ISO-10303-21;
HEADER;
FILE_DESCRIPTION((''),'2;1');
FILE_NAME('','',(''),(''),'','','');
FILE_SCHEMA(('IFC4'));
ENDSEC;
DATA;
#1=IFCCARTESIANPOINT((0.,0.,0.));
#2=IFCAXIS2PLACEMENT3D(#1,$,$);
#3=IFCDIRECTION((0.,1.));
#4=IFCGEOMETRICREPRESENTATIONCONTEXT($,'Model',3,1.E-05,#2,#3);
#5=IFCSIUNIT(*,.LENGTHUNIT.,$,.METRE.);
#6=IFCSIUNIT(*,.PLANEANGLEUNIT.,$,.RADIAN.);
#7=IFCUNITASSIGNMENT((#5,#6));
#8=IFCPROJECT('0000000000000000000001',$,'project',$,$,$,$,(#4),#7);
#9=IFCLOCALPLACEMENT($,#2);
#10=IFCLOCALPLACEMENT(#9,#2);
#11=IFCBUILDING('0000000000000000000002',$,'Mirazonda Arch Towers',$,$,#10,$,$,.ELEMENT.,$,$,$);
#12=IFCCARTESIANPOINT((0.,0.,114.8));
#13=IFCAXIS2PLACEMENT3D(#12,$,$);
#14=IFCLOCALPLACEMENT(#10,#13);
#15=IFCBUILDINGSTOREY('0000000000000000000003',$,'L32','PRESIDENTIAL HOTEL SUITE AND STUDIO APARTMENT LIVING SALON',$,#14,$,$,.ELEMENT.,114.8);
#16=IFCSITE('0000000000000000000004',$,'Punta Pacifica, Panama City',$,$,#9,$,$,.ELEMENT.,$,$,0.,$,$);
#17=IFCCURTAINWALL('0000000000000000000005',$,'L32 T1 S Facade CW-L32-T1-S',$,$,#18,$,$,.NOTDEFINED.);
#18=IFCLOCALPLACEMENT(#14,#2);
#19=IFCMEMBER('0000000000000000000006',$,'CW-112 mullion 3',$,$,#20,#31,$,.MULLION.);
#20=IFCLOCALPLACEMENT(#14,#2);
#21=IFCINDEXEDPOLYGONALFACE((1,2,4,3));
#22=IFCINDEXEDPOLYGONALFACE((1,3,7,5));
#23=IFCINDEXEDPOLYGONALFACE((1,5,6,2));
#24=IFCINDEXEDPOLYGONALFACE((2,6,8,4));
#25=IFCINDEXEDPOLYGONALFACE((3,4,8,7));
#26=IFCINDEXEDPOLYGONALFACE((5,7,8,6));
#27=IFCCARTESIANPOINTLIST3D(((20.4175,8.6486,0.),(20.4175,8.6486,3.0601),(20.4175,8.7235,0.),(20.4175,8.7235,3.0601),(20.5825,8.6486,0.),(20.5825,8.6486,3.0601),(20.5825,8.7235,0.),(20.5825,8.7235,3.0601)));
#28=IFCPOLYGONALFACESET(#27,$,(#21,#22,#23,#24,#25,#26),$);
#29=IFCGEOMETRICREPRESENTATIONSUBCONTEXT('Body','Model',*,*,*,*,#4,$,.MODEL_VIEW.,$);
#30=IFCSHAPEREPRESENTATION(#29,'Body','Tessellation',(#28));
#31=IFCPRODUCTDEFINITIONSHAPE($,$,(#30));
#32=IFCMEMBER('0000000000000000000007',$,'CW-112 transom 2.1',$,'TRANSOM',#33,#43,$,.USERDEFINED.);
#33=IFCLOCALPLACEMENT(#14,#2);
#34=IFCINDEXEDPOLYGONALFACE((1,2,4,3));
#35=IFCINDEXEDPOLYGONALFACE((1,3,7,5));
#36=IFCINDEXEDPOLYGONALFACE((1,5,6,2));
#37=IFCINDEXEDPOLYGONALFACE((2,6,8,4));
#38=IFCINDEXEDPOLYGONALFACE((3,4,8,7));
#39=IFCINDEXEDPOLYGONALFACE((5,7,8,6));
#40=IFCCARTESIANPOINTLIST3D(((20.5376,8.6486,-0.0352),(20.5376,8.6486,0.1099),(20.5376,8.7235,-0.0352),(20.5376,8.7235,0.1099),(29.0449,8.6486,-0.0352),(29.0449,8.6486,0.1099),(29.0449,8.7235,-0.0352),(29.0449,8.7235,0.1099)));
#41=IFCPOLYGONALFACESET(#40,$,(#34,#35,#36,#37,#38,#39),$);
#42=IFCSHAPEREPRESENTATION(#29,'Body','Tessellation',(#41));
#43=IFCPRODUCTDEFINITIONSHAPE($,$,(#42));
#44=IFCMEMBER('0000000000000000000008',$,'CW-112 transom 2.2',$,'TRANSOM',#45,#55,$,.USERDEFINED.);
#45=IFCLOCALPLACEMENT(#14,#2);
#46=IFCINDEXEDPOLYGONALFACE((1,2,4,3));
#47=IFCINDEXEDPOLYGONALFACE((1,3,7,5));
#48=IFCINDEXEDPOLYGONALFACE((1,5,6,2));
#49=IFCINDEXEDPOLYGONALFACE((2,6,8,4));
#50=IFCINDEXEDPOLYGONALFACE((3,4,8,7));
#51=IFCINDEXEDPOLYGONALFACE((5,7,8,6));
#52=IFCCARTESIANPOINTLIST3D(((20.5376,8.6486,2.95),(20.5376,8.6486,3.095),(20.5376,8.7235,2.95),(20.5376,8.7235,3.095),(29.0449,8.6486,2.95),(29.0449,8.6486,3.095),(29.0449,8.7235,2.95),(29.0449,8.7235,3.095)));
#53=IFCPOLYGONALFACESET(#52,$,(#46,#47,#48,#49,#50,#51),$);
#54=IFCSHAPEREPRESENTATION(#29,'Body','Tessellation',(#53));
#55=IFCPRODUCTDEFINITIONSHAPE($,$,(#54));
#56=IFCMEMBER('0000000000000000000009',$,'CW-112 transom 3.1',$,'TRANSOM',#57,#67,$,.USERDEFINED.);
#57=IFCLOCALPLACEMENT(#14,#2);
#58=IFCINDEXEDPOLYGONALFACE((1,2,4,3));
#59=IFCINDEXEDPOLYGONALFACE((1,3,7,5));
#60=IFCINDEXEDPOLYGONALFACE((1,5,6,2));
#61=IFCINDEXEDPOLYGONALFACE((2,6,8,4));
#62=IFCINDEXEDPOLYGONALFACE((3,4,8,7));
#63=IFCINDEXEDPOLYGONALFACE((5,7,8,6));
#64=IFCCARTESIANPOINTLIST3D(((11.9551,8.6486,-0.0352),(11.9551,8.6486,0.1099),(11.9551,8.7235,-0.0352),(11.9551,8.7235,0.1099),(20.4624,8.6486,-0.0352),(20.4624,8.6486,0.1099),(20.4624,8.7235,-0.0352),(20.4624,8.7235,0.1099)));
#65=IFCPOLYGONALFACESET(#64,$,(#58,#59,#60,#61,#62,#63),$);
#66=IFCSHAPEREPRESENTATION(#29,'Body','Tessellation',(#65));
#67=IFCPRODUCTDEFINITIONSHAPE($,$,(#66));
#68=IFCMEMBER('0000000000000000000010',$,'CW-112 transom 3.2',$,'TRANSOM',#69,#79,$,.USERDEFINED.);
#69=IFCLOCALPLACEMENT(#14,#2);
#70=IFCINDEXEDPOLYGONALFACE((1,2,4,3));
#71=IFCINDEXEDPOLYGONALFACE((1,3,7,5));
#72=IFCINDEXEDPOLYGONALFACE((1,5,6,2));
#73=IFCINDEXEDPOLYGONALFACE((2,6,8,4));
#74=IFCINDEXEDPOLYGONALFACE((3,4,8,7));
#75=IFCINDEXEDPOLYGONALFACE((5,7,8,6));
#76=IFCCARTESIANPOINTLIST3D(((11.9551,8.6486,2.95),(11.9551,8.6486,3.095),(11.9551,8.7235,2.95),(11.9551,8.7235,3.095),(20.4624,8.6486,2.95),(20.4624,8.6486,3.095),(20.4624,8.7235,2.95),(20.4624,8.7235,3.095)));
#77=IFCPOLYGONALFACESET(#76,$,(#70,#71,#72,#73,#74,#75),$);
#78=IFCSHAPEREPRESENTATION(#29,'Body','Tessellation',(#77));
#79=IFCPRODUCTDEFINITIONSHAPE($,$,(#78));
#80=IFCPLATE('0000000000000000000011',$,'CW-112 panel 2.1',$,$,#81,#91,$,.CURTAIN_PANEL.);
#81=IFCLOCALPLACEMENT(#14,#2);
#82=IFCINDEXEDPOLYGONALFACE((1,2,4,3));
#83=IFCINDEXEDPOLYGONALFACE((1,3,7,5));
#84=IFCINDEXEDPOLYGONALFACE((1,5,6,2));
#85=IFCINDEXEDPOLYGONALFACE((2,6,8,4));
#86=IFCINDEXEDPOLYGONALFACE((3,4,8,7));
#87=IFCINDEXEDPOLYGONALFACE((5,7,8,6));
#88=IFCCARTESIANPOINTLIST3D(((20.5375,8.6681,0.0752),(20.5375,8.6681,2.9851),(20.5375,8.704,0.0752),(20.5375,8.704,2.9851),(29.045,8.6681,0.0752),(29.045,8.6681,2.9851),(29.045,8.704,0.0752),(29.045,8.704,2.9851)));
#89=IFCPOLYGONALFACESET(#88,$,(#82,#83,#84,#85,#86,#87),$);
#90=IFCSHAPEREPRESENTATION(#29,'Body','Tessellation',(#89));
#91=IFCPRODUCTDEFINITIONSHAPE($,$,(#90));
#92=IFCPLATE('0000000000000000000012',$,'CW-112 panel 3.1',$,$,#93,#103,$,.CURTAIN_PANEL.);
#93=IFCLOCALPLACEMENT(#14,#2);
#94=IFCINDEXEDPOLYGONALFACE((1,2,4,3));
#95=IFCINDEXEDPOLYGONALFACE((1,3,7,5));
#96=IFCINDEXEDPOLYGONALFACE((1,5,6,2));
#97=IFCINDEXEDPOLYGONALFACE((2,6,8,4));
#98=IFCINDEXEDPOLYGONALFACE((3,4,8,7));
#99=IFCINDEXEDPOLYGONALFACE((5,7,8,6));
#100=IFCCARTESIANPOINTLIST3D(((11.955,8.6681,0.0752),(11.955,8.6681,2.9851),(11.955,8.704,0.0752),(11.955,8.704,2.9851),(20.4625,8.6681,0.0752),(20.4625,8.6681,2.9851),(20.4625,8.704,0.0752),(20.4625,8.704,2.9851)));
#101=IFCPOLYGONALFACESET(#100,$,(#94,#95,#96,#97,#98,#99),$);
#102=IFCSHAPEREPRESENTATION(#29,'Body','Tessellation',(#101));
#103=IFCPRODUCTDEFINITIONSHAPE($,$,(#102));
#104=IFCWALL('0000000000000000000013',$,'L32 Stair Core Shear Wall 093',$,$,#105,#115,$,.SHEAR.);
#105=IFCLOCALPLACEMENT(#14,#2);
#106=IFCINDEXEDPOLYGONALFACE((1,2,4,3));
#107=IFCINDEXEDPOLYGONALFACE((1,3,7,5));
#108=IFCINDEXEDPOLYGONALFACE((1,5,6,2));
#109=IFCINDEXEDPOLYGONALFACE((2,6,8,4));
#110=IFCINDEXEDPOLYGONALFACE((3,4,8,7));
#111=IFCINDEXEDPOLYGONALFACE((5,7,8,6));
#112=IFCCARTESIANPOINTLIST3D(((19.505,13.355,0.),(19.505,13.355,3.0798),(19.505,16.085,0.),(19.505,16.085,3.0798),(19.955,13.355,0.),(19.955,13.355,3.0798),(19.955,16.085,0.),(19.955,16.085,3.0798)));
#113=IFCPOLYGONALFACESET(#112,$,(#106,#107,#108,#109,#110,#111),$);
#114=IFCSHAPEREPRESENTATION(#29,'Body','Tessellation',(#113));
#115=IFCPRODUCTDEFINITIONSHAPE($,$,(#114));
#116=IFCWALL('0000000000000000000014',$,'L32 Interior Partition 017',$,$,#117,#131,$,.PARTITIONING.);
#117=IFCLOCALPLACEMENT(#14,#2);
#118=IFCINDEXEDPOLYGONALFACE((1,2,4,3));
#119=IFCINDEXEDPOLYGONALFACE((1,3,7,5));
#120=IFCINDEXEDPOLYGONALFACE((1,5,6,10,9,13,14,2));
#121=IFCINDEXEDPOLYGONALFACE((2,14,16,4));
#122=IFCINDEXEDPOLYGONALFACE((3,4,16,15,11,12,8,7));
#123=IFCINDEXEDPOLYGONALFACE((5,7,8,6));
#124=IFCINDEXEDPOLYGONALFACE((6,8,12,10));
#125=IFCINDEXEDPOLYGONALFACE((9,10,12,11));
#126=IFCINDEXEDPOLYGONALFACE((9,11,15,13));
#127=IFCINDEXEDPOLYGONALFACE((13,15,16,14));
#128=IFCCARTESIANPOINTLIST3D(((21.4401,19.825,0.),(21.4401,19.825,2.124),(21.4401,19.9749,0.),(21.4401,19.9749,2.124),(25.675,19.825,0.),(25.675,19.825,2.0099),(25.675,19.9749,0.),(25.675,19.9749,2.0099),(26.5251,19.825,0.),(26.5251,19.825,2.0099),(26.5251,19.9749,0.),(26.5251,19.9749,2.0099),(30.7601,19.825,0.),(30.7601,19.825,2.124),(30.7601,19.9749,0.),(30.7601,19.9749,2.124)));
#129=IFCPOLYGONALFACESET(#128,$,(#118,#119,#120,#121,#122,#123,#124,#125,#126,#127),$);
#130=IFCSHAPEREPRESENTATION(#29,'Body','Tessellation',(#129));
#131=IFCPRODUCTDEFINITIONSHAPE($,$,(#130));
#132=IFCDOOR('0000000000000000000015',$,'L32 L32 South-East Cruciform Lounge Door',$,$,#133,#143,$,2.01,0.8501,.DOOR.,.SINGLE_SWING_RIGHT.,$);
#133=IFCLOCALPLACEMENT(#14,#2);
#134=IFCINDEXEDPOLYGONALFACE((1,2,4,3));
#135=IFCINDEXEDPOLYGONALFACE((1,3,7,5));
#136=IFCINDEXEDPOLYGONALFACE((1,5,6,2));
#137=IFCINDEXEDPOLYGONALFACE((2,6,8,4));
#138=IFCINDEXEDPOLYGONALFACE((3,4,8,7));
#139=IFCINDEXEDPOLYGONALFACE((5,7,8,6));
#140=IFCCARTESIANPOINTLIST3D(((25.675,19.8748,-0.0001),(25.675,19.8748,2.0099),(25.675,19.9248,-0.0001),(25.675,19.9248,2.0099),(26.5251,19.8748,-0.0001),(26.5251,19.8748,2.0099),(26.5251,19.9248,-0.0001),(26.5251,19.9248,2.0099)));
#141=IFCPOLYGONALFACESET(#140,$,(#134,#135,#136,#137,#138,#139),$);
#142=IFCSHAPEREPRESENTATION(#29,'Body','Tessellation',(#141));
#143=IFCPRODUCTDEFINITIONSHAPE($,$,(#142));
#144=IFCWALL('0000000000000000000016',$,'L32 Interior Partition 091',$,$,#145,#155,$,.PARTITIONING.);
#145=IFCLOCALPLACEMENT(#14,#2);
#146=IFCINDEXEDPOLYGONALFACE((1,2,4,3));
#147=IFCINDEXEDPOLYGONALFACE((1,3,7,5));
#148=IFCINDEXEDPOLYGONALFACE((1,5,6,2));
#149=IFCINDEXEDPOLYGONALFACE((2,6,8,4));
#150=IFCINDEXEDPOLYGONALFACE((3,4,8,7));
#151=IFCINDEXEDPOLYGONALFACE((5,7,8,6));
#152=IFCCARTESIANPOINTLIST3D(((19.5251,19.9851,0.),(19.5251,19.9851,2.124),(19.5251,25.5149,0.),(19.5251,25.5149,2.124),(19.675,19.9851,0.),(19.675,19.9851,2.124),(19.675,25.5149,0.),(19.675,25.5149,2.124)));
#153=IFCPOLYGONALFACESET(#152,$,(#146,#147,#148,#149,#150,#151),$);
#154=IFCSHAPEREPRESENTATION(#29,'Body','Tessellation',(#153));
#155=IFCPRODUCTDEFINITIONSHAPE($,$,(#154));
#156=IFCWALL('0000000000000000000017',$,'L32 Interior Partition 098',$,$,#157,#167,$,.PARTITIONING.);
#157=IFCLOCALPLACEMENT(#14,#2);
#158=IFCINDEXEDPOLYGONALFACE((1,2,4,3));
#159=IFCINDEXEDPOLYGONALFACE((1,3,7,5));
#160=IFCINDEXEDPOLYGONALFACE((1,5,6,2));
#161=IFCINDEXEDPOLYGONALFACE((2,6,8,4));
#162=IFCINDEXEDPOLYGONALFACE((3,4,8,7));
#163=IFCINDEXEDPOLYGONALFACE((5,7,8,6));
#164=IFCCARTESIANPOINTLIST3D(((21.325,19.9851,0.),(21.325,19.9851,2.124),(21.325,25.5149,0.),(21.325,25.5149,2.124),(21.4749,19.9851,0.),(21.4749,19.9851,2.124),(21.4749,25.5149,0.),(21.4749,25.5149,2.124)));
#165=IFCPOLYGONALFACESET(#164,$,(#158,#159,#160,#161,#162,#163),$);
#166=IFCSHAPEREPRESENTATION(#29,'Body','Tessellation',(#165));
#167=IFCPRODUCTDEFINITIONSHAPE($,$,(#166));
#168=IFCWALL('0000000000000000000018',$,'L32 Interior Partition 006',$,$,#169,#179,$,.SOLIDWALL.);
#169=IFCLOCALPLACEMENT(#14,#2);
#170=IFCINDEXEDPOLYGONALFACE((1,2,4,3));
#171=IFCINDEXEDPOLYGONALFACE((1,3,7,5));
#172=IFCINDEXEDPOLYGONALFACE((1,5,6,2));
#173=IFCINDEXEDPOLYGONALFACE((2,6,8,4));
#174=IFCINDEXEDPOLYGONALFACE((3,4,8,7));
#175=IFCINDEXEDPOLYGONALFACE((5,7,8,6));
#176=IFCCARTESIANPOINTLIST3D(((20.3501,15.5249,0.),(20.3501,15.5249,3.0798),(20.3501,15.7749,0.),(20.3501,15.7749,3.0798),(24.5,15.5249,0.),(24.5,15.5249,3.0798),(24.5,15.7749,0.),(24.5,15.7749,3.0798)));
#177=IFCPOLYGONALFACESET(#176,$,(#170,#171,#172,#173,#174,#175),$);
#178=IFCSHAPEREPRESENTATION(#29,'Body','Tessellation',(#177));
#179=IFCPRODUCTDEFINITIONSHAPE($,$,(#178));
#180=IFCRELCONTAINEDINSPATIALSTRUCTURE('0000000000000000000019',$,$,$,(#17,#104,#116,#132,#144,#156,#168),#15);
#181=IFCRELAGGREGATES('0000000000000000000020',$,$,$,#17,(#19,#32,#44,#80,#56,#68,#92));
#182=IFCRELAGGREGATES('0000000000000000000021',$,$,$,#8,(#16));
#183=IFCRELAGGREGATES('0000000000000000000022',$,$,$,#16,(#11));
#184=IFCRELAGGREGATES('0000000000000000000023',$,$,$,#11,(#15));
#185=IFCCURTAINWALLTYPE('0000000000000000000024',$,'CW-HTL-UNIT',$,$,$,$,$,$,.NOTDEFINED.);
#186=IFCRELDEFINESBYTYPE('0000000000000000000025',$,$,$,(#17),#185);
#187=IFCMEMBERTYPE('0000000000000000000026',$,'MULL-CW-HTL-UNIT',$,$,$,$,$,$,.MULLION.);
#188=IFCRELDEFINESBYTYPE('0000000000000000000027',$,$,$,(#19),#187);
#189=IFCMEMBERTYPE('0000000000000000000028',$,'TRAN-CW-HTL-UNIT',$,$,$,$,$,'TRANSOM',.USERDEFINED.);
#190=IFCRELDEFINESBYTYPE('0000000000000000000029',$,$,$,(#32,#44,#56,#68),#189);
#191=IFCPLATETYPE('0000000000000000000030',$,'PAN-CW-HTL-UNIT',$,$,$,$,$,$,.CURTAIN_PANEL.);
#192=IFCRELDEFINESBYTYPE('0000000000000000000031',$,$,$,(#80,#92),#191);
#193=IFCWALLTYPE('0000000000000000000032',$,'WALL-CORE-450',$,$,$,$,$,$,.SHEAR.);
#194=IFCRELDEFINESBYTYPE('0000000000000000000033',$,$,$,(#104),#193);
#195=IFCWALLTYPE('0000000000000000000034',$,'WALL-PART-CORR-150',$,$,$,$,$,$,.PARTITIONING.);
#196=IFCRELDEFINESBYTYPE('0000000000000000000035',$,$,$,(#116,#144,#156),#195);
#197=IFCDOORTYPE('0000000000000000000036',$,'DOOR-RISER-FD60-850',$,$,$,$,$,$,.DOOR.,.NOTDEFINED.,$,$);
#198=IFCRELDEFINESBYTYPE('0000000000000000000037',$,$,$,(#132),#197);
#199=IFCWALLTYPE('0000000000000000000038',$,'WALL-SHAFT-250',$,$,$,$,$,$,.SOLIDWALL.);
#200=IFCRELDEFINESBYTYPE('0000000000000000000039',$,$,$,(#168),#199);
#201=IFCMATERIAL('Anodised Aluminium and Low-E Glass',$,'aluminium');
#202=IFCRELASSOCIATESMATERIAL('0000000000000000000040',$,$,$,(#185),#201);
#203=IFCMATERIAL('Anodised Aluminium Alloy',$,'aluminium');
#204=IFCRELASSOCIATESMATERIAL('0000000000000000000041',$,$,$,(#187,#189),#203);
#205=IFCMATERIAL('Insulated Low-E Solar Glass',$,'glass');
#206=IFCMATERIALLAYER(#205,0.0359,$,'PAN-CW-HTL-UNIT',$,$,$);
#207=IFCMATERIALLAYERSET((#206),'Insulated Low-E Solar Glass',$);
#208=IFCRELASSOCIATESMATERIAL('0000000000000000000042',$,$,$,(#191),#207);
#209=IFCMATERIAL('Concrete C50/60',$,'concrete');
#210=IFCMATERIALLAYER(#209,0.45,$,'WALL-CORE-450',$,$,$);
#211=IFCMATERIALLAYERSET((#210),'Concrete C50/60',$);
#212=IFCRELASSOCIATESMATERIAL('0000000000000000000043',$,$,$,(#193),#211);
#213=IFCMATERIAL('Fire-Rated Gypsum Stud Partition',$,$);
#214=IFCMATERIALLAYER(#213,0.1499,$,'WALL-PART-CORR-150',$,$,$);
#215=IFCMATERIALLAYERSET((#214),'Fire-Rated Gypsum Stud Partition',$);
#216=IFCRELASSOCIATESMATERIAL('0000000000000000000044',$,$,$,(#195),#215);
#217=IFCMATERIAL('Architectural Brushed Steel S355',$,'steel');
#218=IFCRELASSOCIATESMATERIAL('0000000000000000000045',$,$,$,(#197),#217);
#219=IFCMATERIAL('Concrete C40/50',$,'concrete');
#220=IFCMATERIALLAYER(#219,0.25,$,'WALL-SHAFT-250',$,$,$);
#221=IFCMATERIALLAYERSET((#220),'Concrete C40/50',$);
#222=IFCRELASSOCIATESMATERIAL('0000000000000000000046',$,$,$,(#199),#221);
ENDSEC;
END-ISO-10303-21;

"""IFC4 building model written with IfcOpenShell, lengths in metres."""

from ifc_helpers import new_model, si_unit, direction, frame, frame_2d, origin, origin_2d, place, context, subcontext, project, spatial, rectangle, extrude, material, layer, layer_set, material_profile, profile_set, type_object, element, fill, aggregate, save


model = new_model("IFC4")

# Units and contexts
model_context = context("Model", 3, precision=1e-05, world=origin(), true_north=direction((0.0, 1.0)))
body_context = subcontext(model_context, "Body", "Model", "MODEL_VIEW")
ifc_project = project(units=[si_unit("LENGTHUNIT", "METRE"), si_unit("PLANEANGLEUNIT", "RADIAN")], contexts=[model_context])

# Site, building, storey
site_placement = place(None, origin())
site = spatial("IfcSite", under=ifc_project, at=site_placement, Name="Punta Pacifica, Panama City", CompositionType="ELEMENT", RefElevation=0.0)
building_placement = place(site_placement, origin())
building = spatial("IfcBuilding", under=site, at=building_placement, Name="Mirazonda Arch Towers", CompositionType="ELEMENT")
storey_placement = place(building_placement, frame((0.0, 0.0, 114.8)))
storey = spatial("IfcBuildingStorey", under=building, at=storey_placement, Name="L32", Description="PRESIDENTIAL HOTEL SUITE AND STUDIO APARTMENT LIVING SALON", CompositionType="ELEMENT", Elevation=114.8)

# Shared definitions
ifc_material_1 = material(Name="Concrete C50/60", Category="concrete")

# Curtain wall, members, plates
ifc_material_2 = material(Name="Anodised Aluminium and Low-E Glass", Category="aluminium")
curtain_wall_type = type_object("IfcCurtainWallType", Name="CW-HTL-UNIT", PredefinedType="NOTDEFINED", material=ifc_material_2)
curtain_wall_placement = place(storey_placement, origin())
curtain_wall = element("IfcCurtainWall", 1, at=curtain_wall_placement, inside=storey, type_object=curtain_wall_type, Name="L32 T1 S Facade CW-L32-T1-S", PredefinedType="NOTDEFINED")
ifc_material_3 = material(Name="Anodised Aluminium Alloy", Category="aluminium")
ifc_material_profile_1 = material_profile(ifc_material_3, rectangle(XDim=0.075, YDim=0.165, at=origin_2d()), Name="ALU-MULL-75x165")
ifc_profile_set_1 = profile_set([ifc_material_profile_1], Name="Anodised Aluminium Alloy")
member_type_1 = type_object("IfcMemberType", Name="MULL-CW-HTL-UNIT", PredefinedType="MULLION", material=ifc_profile_set_1)
member_1_placement = place(storey_placement, frame((20.5, 8.686, 0.0), z_axis=(0.0, 0.0, 1.0), x_axis=(0.0, -1.0, 0.0)))
member_1 = element("IfcMember", 2, at=member_1_placement, type_object=member_type_1, Name="CW-112 mullion 3", PredefinedType="MULLION", context=body_context, shape_type="SweptSolid", body=[
    extrude(rectangle(XDim=0.075, YDim=0.165, at=origin_2d()), origin(), (0.0, 0.0, 1.0), 3.0601),
])
ifc_material_profile_2 = material_profile(ifc_material_3, rectangle(XDim=0.075, YDim=0.145, at=origin_2d()), Name="ALU-TRAN-75x145")
ifc_profile_set_2 = profile_set([ifc_material_profile_2], Name="Anodised Aluminium Alloy")
member_type_2 = type_object("IfcMemberType", Name="TRAN-CW-HTL-UNIT", ElementType="TRANSOM", PredefinedType="USERDEFINED", material=ifc_profile_set_2)
member_2_placement = place(storey_placement, frame((29.0449, 8.686, 0.0374), z_axis=(-1.0, 0.0, 0.0), x_axis=(0.0, -1.0, 0.0)))
member_2 = element("IfcMember", 3, at=member_2_placement, type_object=member_type_2, Name="CW-112 transom 2.1", ObjectType="TRANSOM", PredefinedType="USERDEFINED", context=body_context, shape_type="SweptSolid", body=[
    extrude(rectangle(XDim=0.075, YDim=0.145, at=origin_2d()), origin(), (0.0, 0.0, 1.0), 8.5073),
])
member_3_placement = place(storey_placement, frame((29.0449, 8.686, 3.0225), z_axis=(-1.0, 0.0, 0.0), x_axis=(0.0, -1.0, 0.0)))
member_3 = element("IfcMember", 4, at=member_3_placement, type_object=member_type_2, Name="CW-112 transom 2.2", ObjectType="TRANSOM", PredefinedType="USERDEFINED", context=body_context, shape_type="SweptSolid", body=[
    extrude(rectangle(XDim=0.075, YDim=0.145, at=origin_2d()), origin(), (0.0, 0.0, 1.0), 8.5073),
])
member_4_placement = place(storey_placement, frame((20.4624, 8.686, 0.0374), z_axis=(-1.0, 0.0, 0.0), x_axis=(0.0, -1.0, 0.0)))
member_4 = element("IfcMember", 5, at=member_4_placement, type_object=member_type_2, Name="CW-112 transom 3.1", ObjectType="TRANSOM", PredefinedType="USERDEFINED", context=body_context, shape_type="SweptSolid", body=[
    extrude(rectangle(XDim=0.075, YDim=0.145, at=origin_2d()), origin(), (0.0, 0.0, 1.0), 8.5073),
])
member_5_placement = place(storey_placement, frame((20.4624, 8.686, 3.0225), z_axis=(-1.0, 0.0, 0.0), x_axis=(0.0, -1.0, 0.0)))
member_5 = element("IfcMember", 6, at=member_5_placement, type_object=member_type_2, Name="CW-112 transom 3.2", ObjectType="TRANSOM", PredefinedType="USERDEFINED", context=body_context, shape_type="SweptSolid", body=[
    extrude(rectangle(XDim=0.075, YDim=0.145, at=origin_2d()), origin(), (0.0, 0.0, 1.0), 8.5073),
])
ifc_material_4 = material(Name="Insulated Low-E Solar Glass", Category="glass")
ifc_layer_1 = layer(ifc_material_4, 0.0359, Name="PAN-CW-HTL-UNIT")
ifc_layer_set_1 = layer_set([ifc_layer_1], Name="Insulated Low-E Solar Glass")
plate_type = type_object("IfcPlateType", Name="PAN-CW-HTL-UNIT", PredefinedType="CURTAIN_PANEL", material=ifc_layer_set_1)
plate_1_placement = place(storey_placement, frame((24.7913, 8.686, 0.0752), z_axis=(0.0, 0.0, 1.0), x_axis=(-1.0, 0.0, 0.0)))
plate_1 = element("IfcPlate", 7, at=plate_1_placement, type_object=plate_type, Name="CW-112 panel 2.1", PredefinedType="CURTAIN_PANEL", context=body_context, shape_type="SweptSolid", body=[
    extrude(rectangle(XDim=8.5076, YDim=0.0359, at=origin_2d()), origin(), (0.0, 0.0, 1.0), 2.9099),
])
plate_2_placement = place(storey_placement, frame((16.2087, 8.686, 0.0752), z_axis=(0.0, 0.0, 1.0), x_axis=(-1.0, 0.0, 0.0)))
plate_2 = element("IfcPlate", 8, at=plate_2_placement, type_object=plate_type, Name="CW-112 panel 3.1", PredefinedType="CURTAIN_PANEL", context=body_context, shape_type="SweptSolid", body=[
    extrude(rectangle(XDim=8.5076, YDim=0.0359, at=origin_2d()), origin(), (0.0, 0.0, 1.0), 2.9099),
])
aggregate(curtain_wall, [member_1, member_2, member_3, plate_1, member_4, member_5, plate_2])

# Wall
ifc_layer_2 = layer(ifc_material_1, 0.45, Name="WALL-CORE-450")
ifc_layer_set_2 = layer_set([ifc_layer_2], Name="Concrete C50/60")
wall_type_1 = type_object("IfcWallType", Name="WALL-CORE-450", PredefinedType="SHEAR", material=ifc_layer_set_2)
wall_1_placement = place(storey_placement, frame((19.73, 13.355, 0.0), z_axis=(0.0, 0.0, 1.0), x_axis=(0.0, 1.0, 0.0)))
element("IfcWall", 9, at=wall_1_placement, inside=storey, type_object=wall_type_1, Name="L32 Stair Core Shear Wall 093", PredefinedType="SHEAR", context=body_context, shape_type="SweptSolid", body=[
    extrude(rectangle(XDim=2.73, YDim=0.45, at=frame_2d((1.365, 0.0))), origin(), (0.0, 0.0, 1.0), 3.0798),
])

# Wall, opening, door
ifc_material_5 = material(Name="Fire-Rated Gypsum Stud Partition")
ifc_layer_3 = layer(ifc_material_5, 0.1499, Name="WALL-PART-CORR-150")
ifc_layer_set_3 = layer_set([ifc_layer_3], Name="Fire-Rated Gypsum Stud Partition")
wall_type_2 = type_object("IfcWallType", Name="WALL-PART-CORR-150", PredefinedType="PARTITIONING", material=ifc_layer_set_3)
wall_2_placement = place(storey_placement, frame((21.4399, 19.8999, 0.0), z_axis=(0.0, 0.0, 1.0), x_axis=(1.0, 0.0, 0.0)))
wall_2 = element("IfcWall", 10, at=wall_2_placement, inside=storey, type_object=wall_type_2, Name="L32 Interior Partition 017", PredefinedType="PARTITIONING", context=body_context, shape_type="SweptSolid", body=[
    extrude(rectangle(XDim=9.3201, YDim=0.1499, at=frame_2d((4.6602, 0.0))), origin(), (0.0, 0.0, 1.0), 2.124),
])
opening_placement = place(wall_2_placement, frame((4.2351, 0.0, 0.0)))
opening = element("IfcOpeningElement", 11, at=opening_placement, cuts=wall_2, PredefinedType="OPENING", context=body_context, shape_type="SweptSolid", body=[
    extrude(rectangle(XDim=0.8501, YDim=2.01, at=frame_2d((0.425, 1.0049))), frame((0.0, 0.085, 0.0), z_axis=(0.0, -1.0, 0.0), x_axis=(1.0, 0.0, 0.0)), (0.0, 0.0, 1.0), 0.1699),
])
ifc_material_6 = material(Name="Architectural Brushed Steel S355", Category="steel")
door_type = type_object("IfcDoorType", Name="DOOR-RISER-FD60-850", OperationType="NOTDEFINED", PredefinedType="DOOR", material=ifc_material_6)
door_placement = place(opening_placement, origin())
door = element("IfcDoor", 12, at=door_placement, inside=storey, type_object=door_type, Name="L32 L32 South-East Cruciform Lounge Door", OperationType="SINGLE_SWING_RIGHT", OverallHeight=2.01, OverallWidth=0.8501, PredefinedType="DOOR", context=body_context, shape_type="SweptSolid", body=[
    extrude(rectangle(XDim=0.8501, YDim=2.01, at=frame_2d((0.425, 1.0049))), frame((0.0, 0.0249, 0.0), z_axis=(0.0, -1.0, 0.0), x_axis=(1.0, 0.0, 0.0)), (0.0, 0.0, 1.0), 0.05),
])
fill(opening, door)

# Walls
for number, where, z_axis, x_axis, name in (
    (13, (19.6001, 19.9851, 0.0), (0.0, 0.0, 1.0), (0.0, 1.0, 0.0), "L32 Interior Partition 091"),
    (14, (21.3999, 19.9851, 0.0), (0.0, 0.0, 1.0), (0.0, 1.0, 0.0), "L32 Interior Partition 098"),
):
    element("IfcWall", number, at=place(storey_placement, frame(where, z_axis=z_axis, x_axis=x_axis)), inside=storey, type_object=wall_type_2, Name=name, PredefinedType="PARTITIONING", context=body_context, shape_type="SweptSolid", body=[
        extrude(rectangle(XDim=5.5298, YDim=0.1499, at=frame_2d((2.7649, 0.0))), origin(), (0.0, 0.0, 1.0), 2.124),
    ])
ifc_material_7 = material(Name="Concrete C40/50", Category="concrete")
ifc_layer_4 = layer(ifc_material_7, 0.25, Name="WALL-SHAFT-250")
ifc_layer_set_4 = layer_set([ifc_layer_4], Name="Concrete C40/50")
wall_type_3 = type_object("IfcWallType", Name="WALL-SHAFT-250", PredefinedType="SOLIDWALL", material=ifc_layer_set_4)
wall_3_placement = place(storey_placement, frame((20.3501, 15.6499, 0.0), z_axis=(0.0, 0.0, 1.0), x_axis=(1.0, 0.0, 0.0)))
element("IfcWall", 15, at=wall_3_placement, inside=storey, type_object=wall_type_3, Name="L32 Interior Partition 006", PredefinedType="SOLIDWALL", context=body_context, shape_type="SweptSolid", body=[
    extrude(rectangle(XDim=4.1499, YDim=0.25, at=frame_2d((2.075, 0.0))), origin(), (0.0, 0.0, 1.0), 3.0798),
])

save(model, "model.ifc")
